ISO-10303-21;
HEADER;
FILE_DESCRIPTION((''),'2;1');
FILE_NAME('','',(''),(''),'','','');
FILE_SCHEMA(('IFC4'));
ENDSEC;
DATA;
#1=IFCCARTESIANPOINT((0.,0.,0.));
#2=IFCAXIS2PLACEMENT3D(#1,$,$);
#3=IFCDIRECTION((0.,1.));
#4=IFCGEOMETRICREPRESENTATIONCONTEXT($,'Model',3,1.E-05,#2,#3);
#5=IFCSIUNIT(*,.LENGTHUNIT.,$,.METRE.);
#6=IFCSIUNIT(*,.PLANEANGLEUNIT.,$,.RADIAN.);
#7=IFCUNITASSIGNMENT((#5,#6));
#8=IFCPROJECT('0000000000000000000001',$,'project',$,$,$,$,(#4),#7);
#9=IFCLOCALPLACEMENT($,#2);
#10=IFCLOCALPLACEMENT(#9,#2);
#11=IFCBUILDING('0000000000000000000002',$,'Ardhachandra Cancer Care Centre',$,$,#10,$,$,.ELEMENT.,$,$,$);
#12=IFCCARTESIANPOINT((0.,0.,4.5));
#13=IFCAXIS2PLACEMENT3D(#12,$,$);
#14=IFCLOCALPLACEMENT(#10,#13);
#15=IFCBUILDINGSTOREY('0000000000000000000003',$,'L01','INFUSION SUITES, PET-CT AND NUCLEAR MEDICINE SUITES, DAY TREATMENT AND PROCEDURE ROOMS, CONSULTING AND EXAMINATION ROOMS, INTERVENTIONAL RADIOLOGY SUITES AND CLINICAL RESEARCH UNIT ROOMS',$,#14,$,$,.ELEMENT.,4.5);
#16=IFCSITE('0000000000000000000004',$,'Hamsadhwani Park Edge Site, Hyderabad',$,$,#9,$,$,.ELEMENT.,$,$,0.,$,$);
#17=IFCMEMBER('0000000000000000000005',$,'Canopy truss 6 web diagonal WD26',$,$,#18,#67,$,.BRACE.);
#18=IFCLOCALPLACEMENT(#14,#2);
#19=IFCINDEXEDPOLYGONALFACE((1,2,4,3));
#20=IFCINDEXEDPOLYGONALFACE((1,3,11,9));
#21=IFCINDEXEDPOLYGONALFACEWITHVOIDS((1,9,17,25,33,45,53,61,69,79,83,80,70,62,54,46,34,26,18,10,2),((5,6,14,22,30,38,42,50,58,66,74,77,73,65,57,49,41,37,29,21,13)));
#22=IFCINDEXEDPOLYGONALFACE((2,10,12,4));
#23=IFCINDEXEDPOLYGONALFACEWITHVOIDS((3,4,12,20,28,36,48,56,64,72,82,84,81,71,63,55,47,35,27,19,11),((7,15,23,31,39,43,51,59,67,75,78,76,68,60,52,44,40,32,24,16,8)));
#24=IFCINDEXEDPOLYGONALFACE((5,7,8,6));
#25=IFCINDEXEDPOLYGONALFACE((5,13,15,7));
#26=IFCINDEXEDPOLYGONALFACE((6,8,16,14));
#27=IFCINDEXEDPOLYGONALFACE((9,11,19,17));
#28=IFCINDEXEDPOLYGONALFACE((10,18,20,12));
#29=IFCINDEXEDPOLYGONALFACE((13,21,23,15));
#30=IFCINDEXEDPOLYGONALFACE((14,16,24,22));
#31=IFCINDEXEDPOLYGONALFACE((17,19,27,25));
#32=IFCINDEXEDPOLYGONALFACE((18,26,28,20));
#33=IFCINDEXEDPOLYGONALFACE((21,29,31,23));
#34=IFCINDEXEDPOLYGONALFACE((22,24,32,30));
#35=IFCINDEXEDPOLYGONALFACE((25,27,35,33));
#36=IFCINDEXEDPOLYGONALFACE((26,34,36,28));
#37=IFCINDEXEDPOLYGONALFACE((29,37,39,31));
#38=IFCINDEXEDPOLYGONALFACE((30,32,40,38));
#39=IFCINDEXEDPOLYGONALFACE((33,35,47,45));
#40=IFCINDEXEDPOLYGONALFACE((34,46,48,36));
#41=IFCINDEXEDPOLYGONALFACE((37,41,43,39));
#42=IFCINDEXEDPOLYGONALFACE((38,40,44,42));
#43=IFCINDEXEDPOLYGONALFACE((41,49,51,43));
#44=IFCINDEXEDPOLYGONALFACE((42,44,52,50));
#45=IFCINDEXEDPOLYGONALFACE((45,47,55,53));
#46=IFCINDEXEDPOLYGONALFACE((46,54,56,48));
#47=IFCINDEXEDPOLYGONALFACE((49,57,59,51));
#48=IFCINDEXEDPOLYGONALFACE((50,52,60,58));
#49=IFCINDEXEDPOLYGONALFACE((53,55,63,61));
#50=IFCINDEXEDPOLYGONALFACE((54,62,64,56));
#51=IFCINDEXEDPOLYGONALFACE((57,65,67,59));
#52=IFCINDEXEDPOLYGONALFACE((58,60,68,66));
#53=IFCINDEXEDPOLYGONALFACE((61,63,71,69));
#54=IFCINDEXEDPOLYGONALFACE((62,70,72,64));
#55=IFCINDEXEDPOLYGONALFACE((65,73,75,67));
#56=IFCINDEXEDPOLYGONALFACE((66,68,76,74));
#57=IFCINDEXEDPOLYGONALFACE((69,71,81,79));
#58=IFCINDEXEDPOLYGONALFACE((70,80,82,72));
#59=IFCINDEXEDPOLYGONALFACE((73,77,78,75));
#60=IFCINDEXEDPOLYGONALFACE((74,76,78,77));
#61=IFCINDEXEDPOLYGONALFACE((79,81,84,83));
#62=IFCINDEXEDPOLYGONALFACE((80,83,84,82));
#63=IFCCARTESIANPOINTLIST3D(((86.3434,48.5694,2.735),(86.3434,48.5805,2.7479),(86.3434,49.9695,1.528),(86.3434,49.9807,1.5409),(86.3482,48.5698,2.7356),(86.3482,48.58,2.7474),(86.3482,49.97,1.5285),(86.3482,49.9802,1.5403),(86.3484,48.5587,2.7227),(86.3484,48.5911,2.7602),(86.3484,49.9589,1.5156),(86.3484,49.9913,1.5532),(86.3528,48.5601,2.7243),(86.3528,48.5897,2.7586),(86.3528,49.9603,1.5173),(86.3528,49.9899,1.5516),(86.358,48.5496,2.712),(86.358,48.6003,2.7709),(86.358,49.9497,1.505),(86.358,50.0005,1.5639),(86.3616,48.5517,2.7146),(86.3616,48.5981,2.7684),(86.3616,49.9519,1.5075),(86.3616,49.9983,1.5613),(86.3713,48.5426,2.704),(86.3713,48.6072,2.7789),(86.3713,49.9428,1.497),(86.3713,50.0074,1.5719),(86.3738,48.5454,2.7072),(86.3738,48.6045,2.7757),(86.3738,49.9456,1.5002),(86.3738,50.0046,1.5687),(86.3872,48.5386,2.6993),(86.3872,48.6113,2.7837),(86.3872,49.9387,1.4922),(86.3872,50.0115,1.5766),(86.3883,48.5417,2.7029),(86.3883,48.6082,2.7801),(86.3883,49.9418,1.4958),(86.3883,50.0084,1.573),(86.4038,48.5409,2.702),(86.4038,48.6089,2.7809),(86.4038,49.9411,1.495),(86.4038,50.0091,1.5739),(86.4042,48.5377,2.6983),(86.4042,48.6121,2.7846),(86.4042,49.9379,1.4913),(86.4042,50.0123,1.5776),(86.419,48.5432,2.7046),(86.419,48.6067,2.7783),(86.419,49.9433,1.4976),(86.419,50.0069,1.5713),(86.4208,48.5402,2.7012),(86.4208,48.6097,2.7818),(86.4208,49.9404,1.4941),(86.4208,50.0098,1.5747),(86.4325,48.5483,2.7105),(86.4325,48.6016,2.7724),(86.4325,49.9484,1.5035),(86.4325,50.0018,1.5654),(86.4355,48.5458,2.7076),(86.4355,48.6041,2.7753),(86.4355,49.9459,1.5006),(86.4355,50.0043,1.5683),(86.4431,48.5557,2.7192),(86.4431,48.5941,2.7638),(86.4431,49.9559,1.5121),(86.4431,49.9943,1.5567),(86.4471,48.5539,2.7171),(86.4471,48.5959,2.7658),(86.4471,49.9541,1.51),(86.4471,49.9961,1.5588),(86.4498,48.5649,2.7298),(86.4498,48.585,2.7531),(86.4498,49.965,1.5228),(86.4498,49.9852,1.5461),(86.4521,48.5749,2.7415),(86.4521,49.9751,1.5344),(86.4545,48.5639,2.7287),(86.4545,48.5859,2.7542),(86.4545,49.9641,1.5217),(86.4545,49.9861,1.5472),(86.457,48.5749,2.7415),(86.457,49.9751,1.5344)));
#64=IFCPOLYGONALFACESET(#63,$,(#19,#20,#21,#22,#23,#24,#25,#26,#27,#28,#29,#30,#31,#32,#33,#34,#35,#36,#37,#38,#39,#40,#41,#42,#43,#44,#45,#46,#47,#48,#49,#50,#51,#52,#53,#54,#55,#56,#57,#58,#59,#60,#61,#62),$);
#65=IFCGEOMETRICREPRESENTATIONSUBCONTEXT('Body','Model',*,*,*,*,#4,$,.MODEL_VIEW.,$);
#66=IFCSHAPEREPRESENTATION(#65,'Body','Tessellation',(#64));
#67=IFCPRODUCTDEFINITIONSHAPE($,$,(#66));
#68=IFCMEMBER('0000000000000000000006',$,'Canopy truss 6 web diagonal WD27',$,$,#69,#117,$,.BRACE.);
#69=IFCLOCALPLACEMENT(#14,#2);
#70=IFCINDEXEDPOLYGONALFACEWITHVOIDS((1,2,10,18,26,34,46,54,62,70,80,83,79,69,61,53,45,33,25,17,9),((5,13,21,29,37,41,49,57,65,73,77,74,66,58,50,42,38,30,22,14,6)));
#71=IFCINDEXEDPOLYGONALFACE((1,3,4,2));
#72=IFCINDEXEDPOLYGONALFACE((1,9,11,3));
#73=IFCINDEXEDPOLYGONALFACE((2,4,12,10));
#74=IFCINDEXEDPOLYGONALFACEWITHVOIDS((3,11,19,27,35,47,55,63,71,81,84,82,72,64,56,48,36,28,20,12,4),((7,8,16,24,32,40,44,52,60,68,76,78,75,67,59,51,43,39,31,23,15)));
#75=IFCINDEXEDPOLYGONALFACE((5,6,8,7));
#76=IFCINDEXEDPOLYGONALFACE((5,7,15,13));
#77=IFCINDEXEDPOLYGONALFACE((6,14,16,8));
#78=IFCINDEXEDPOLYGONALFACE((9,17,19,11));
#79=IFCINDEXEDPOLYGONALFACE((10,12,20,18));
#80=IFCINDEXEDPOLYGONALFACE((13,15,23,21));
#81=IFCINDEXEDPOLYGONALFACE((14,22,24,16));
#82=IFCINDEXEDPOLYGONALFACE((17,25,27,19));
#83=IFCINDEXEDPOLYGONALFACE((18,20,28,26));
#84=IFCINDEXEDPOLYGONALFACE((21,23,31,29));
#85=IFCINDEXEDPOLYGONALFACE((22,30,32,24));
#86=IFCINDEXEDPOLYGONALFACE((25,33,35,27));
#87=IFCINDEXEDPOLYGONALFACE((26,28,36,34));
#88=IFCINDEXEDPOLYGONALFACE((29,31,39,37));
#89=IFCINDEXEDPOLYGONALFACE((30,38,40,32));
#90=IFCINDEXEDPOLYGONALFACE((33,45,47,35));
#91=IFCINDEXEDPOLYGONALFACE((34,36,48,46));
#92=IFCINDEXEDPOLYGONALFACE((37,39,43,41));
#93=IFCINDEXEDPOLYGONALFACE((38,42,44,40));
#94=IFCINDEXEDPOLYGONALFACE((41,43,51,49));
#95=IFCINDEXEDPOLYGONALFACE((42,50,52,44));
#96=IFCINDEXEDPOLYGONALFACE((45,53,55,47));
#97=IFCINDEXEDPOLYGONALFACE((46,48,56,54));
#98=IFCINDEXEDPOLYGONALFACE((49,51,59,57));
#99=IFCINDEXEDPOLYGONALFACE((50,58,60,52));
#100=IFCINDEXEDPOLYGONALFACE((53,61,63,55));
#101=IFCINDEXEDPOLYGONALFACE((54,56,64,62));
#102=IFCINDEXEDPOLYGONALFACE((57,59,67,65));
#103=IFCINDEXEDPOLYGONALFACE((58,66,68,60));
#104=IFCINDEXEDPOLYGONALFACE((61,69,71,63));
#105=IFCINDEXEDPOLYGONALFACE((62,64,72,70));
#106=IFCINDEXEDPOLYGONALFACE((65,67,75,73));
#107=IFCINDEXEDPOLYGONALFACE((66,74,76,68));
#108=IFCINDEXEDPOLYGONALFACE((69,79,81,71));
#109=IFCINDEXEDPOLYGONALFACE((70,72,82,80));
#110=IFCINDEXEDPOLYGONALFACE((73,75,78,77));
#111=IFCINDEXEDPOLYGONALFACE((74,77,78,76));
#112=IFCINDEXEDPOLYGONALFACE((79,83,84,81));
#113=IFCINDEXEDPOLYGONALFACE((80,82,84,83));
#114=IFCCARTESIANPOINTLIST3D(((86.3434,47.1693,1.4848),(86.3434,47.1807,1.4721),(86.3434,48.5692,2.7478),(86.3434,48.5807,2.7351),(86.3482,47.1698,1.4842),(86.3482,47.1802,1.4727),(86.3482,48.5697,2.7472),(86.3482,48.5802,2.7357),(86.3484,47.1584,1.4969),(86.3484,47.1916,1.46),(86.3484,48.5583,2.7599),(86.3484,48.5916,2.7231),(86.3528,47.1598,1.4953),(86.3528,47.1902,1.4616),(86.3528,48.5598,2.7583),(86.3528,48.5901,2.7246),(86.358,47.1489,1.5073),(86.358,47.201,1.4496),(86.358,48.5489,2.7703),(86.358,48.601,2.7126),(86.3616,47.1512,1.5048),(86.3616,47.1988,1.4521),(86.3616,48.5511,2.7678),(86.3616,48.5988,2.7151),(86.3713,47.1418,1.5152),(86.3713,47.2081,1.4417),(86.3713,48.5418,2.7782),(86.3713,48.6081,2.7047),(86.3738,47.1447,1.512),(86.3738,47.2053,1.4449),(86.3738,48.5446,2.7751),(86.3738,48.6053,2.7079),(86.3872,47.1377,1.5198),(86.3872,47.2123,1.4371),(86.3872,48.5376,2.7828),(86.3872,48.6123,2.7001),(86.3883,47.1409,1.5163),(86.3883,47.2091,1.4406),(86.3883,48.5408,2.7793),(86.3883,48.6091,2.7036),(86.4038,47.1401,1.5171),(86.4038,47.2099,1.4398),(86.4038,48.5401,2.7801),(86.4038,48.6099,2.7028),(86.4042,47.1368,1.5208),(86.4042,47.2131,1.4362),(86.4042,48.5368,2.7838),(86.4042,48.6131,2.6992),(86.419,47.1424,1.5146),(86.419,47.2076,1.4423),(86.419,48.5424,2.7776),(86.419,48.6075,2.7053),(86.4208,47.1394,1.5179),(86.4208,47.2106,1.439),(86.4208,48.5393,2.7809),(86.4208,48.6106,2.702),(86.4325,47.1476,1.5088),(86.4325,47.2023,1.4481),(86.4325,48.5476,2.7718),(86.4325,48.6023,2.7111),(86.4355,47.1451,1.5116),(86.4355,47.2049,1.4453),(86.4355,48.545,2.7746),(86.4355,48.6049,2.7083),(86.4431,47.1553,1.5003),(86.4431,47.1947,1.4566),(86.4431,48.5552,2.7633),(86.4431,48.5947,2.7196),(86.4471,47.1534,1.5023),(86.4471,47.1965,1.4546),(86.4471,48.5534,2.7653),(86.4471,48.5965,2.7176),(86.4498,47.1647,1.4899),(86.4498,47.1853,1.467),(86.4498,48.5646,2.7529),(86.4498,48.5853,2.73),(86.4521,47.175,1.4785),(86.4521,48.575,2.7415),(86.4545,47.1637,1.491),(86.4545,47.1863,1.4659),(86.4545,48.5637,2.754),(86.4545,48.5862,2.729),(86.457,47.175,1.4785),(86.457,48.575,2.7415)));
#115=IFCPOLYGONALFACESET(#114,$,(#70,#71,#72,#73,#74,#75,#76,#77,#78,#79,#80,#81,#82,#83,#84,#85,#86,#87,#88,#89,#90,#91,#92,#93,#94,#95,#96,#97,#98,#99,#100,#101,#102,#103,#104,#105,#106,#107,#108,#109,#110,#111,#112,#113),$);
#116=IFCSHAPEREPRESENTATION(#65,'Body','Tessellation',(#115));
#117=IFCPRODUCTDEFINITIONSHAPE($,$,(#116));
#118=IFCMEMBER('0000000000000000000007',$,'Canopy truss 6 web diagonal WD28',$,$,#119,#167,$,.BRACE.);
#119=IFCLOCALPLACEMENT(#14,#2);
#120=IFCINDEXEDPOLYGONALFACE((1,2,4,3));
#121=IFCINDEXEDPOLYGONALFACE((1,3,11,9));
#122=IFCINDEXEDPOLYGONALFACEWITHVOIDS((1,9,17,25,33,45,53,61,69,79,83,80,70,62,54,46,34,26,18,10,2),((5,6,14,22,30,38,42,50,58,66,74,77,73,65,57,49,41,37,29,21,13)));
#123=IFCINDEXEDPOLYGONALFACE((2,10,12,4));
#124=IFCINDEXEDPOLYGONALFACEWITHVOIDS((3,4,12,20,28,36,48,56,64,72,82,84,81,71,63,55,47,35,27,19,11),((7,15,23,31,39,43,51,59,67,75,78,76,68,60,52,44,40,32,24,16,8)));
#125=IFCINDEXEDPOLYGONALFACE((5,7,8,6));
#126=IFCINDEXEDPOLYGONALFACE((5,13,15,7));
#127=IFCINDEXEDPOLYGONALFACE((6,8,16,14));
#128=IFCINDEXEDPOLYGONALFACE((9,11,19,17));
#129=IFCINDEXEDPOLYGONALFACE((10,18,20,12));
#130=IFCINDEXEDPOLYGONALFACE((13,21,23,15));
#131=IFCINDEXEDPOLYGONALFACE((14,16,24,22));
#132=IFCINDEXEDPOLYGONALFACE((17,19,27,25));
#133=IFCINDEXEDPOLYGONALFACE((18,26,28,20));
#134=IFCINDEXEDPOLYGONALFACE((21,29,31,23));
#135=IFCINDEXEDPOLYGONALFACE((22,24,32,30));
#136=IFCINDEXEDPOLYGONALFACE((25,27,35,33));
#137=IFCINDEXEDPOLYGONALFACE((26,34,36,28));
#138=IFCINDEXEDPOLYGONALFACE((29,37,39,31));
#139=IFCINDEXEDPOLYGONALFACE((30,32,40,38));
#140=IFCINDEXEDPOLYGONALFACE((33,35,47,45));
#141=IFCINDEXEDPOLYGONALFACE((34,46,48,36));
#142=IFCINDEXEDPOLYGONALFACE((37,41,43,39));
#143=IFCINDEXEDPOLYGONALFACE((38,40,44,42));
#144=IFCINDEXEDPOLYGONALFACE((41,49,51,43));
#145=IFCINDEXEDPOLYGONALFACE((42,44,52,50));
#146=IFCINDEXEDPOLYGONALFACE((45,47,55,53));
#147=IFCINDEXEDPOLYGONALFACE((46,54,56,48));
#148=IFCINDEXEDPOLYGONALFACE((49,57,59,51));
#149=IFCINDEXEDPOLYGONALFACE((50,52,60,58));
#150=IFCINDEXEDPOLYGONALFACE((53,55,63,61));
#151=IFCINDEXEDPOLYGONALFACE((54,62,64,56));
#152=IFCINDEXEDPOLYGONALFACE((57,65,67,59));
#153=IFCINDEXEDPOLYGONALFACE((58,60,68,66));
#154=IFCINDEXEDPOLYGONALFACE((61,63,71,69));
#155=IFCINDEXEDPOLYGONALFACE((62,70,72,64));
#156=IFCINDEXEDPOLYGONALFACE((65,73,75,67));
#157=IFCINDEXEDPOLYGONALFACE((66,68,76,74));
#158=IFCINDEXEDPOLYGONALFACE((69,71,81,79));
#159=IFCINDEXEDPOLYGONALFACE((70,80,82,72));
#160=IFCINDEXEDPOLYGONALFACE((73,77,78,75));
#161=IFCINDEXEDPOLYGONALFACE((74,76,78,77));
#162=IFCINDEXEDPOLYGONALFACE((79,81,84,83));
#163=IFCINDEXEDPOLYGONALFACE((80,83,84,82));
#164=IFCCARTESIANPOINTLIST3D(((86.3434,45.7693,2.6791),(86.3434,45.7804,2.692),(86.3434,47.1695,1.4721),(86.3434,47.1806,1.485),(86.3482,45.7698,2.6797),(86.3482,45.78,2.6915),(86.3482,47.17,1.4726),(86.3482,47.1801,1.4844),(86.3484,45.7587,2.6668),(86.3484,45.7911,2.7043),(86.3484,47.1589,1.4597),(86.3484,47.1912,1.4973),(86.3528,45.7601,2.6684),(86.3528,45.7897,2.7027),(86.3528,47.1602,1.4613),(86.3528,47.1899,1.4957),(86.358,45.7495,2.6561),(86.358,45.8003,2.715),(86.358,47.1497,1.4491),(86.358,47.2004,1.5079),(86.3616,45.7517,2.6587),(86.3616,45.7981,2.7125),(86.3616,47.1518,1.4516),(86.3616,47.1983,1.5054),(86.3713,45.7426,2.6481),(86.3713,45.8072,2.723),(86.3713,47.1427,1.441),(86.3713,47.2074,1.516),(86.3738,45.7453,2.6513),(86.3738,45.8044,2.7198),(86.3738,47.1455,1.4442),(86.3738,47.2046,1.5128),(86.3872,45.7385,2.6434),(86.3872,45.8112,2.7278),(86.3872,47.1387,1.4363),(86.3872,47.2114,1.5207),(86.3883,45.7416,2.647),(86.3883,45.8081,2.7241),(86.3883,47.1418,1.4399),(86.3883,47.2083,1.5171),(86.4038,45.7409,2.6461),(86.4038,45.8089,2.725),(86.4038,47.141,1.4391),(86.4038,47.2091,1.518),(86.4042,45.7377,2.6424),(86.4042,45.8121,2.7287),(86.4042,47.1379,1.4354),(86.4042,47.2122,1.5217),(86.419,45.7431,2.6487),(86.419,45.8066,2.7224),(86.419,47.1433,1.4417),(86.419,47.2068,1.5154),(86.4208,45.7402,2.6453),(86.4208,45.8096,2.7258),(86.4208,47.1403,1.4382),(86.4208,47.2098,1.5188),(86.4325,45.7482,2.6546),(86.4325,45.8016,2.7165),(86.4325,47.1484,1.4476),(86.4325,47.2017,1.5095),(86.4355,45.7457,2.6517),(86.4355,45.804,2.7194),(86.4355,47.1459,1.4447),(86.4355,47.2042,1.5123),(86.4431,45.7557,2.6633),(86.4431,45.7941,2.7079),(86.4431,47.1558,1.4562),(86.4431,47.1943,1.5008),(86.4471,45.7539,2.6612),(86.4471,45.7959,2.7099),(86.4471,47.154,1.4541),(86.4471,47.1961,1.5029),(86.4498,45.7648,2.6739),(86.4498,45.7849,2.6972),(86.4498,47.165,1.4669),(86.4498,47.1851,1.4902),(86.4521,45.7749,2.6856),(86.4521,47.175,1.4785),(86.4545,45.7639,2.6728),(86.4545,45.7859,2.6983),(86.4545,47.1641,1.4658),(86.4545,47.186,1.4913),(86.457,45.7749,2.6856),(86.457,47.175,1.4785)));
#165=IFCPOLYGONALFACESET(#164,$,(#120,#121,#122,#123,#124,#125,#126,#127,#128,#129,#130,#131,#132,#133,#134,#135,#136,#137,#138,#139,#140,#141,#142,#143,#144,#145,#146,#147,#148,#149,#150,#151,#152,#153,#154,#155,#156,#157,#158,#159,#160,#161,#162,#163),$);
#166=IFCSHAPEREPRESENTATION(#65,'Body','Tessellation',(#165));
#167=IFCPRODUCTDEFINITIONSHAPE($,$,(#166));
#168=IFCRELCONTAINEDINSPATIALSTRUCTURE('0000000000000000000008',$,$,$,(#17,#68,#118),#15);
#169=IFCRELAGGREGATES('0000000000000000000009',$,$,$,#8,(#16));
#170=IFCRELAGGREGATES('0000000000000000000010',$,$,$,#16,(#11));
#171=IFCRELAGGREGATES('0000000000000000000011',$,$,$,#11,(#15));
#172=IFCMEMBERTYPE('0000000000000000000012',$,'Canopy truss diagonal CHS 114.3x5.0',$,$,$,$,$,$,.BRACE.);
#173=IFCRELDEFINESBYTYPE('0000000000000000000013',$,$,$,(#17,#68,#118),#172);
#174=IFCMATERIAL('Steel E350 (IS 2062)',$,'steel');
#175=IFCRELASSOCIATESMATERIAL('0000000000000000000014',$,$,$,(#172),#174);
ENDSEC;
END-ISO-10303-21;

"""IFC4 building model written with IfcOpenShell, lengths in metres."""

from ifc_helpers import new_model, si_unit, direction, frame, origin, origin_2d, place, context, subcontext, project, spatial, hollow_circle, extrude, material, material_profile, profile_set, type_object, element, save


model = new_model("IFC4")

# Units and contexts
model_context = context("Model", 3, precision=1e-05, world=origin(), true_north=direction((0.0, 1.0)))
body_context = subcontext(model_context, "Body", "Model", "MODEL_VIEW")
ifc_project = project(units=[si_unit("LENGTHUNIT", "METRE"), si_unit("PLANEANGLEUNIT", "RADIAN")], contexts=[model_context])

# Site, building, storey
site_placement = place(None, origin())
site = spatial("IfcSite", under=ifc_project, at=site_placement, Name="Hamsadhwani Park Edge Site, Hyderabad", CompositionType="ELEMENT", RefElevation=0.0)
building_placement = place(site_placement, origin())
building = spatial("IfcBuilding", under=site, at=building_placement, Name="Ardhachandra Cancer Care Centre", CompositionType="ELEMENT")
storey_placement = place(building_placement, frame((0.0, 0.0, 4.5)))
storey = spatial("IfcBuildingStorey", under=building, at=storey_placement, Name="L01", Description="INFUSION SUITES, PET-CT AND NUCLEAR MEDICINE SUITES, DAY TREATMENT AND PROCEDURE ROOMS, CONSULTING AND EXAMINATION ROOMS, INTERVENTIONAL RADIOLOGY SUITES AND CLINICAL RESEARCH UNIT ROOMS", CompositionType="ELEMENT", Elevation=4.5)

# Members
ifc_material_1 = material(Name="Steel E350 (IS 2062)", Category="steel")
ifc_material_profile_1 = material_profile(ifc_material_1, hollow_circle(Radius=0.0571, WallThickness=0.0049, at=origin_2d()), Name="CHS 114.3x5.0")
ifc_profile_set_1 = profile_set([ifc_material_profile_1], Name="Steel E350 (IS 2062)")
member_type_1 = type_object("IfcMemberType", Name="Canopy truss diagonal CHS 114.3x5.0", PredefinedType="BRACE", material=ifc_profile_set_1)
member_1_placement = place(storey_placement, frame((86.3999, 49.9751, 1.5344), z_axis=(0.0, -0.757408, 0.652942), x_axis=(1.0, 0.0, 0.0)))
element("IfcMember", 1, at=member_1_placement, inside=storey, type_object=member_type_1, Name="Canopy truss 6 web diagonal WD26", PredefinedType="BRACE", context=body_context, shape_type="SweptSolid", body=[
    extrude(hollow_circle(Radius=0.0571, WallThickness=0.0049, at=origin_2d()), origin(), (0.0, 0.0, 1.0), 1.8486),
])
member_2_placement = place(storey_placement, frame((86.3999, 48.575, 2.7415), z_axis=(0.0, -0.742495, -0.669851), x_axis=(1.0, 0.0, 0.0)))
element("IfcMember", 2, at=member_2_placement, inside=storey, type_object=member_type_1, Name="Canopy truss 6 web diagonal WD27", PredefinedType="BRACE", context=body_context, shape_type="SweptSolid", body=[
    extrude(hollow_circle(Radius=0.0571, WallThickness=0.0049, at=origin_2d()), origin(), (0.0, 0.0, 1.0), 1.8855),
])
member_3_placement = place(storey_placement, frame((86.3999, 47.175, 1.4785), z_axis=(0.0, -0.757408, 0.652942), x_axis=(1.0, 0.0, 0.0)))
element("IfcMember", 3, at=member_3_placement, inside=storey, type_object=member_type_1, Name="Canopy truss 6 web diagonal WD28", PredefinedType="BRACE", context=body_context, shape_type="SweptSolid", body=[
    extrude(hollow_circle(Radius=0.0571, WallThickness=0.0049, at=origin_2d()), origin(), (0.0, 0.0, 1.0), 1.8486),
])

save(model, "model.ifc")
